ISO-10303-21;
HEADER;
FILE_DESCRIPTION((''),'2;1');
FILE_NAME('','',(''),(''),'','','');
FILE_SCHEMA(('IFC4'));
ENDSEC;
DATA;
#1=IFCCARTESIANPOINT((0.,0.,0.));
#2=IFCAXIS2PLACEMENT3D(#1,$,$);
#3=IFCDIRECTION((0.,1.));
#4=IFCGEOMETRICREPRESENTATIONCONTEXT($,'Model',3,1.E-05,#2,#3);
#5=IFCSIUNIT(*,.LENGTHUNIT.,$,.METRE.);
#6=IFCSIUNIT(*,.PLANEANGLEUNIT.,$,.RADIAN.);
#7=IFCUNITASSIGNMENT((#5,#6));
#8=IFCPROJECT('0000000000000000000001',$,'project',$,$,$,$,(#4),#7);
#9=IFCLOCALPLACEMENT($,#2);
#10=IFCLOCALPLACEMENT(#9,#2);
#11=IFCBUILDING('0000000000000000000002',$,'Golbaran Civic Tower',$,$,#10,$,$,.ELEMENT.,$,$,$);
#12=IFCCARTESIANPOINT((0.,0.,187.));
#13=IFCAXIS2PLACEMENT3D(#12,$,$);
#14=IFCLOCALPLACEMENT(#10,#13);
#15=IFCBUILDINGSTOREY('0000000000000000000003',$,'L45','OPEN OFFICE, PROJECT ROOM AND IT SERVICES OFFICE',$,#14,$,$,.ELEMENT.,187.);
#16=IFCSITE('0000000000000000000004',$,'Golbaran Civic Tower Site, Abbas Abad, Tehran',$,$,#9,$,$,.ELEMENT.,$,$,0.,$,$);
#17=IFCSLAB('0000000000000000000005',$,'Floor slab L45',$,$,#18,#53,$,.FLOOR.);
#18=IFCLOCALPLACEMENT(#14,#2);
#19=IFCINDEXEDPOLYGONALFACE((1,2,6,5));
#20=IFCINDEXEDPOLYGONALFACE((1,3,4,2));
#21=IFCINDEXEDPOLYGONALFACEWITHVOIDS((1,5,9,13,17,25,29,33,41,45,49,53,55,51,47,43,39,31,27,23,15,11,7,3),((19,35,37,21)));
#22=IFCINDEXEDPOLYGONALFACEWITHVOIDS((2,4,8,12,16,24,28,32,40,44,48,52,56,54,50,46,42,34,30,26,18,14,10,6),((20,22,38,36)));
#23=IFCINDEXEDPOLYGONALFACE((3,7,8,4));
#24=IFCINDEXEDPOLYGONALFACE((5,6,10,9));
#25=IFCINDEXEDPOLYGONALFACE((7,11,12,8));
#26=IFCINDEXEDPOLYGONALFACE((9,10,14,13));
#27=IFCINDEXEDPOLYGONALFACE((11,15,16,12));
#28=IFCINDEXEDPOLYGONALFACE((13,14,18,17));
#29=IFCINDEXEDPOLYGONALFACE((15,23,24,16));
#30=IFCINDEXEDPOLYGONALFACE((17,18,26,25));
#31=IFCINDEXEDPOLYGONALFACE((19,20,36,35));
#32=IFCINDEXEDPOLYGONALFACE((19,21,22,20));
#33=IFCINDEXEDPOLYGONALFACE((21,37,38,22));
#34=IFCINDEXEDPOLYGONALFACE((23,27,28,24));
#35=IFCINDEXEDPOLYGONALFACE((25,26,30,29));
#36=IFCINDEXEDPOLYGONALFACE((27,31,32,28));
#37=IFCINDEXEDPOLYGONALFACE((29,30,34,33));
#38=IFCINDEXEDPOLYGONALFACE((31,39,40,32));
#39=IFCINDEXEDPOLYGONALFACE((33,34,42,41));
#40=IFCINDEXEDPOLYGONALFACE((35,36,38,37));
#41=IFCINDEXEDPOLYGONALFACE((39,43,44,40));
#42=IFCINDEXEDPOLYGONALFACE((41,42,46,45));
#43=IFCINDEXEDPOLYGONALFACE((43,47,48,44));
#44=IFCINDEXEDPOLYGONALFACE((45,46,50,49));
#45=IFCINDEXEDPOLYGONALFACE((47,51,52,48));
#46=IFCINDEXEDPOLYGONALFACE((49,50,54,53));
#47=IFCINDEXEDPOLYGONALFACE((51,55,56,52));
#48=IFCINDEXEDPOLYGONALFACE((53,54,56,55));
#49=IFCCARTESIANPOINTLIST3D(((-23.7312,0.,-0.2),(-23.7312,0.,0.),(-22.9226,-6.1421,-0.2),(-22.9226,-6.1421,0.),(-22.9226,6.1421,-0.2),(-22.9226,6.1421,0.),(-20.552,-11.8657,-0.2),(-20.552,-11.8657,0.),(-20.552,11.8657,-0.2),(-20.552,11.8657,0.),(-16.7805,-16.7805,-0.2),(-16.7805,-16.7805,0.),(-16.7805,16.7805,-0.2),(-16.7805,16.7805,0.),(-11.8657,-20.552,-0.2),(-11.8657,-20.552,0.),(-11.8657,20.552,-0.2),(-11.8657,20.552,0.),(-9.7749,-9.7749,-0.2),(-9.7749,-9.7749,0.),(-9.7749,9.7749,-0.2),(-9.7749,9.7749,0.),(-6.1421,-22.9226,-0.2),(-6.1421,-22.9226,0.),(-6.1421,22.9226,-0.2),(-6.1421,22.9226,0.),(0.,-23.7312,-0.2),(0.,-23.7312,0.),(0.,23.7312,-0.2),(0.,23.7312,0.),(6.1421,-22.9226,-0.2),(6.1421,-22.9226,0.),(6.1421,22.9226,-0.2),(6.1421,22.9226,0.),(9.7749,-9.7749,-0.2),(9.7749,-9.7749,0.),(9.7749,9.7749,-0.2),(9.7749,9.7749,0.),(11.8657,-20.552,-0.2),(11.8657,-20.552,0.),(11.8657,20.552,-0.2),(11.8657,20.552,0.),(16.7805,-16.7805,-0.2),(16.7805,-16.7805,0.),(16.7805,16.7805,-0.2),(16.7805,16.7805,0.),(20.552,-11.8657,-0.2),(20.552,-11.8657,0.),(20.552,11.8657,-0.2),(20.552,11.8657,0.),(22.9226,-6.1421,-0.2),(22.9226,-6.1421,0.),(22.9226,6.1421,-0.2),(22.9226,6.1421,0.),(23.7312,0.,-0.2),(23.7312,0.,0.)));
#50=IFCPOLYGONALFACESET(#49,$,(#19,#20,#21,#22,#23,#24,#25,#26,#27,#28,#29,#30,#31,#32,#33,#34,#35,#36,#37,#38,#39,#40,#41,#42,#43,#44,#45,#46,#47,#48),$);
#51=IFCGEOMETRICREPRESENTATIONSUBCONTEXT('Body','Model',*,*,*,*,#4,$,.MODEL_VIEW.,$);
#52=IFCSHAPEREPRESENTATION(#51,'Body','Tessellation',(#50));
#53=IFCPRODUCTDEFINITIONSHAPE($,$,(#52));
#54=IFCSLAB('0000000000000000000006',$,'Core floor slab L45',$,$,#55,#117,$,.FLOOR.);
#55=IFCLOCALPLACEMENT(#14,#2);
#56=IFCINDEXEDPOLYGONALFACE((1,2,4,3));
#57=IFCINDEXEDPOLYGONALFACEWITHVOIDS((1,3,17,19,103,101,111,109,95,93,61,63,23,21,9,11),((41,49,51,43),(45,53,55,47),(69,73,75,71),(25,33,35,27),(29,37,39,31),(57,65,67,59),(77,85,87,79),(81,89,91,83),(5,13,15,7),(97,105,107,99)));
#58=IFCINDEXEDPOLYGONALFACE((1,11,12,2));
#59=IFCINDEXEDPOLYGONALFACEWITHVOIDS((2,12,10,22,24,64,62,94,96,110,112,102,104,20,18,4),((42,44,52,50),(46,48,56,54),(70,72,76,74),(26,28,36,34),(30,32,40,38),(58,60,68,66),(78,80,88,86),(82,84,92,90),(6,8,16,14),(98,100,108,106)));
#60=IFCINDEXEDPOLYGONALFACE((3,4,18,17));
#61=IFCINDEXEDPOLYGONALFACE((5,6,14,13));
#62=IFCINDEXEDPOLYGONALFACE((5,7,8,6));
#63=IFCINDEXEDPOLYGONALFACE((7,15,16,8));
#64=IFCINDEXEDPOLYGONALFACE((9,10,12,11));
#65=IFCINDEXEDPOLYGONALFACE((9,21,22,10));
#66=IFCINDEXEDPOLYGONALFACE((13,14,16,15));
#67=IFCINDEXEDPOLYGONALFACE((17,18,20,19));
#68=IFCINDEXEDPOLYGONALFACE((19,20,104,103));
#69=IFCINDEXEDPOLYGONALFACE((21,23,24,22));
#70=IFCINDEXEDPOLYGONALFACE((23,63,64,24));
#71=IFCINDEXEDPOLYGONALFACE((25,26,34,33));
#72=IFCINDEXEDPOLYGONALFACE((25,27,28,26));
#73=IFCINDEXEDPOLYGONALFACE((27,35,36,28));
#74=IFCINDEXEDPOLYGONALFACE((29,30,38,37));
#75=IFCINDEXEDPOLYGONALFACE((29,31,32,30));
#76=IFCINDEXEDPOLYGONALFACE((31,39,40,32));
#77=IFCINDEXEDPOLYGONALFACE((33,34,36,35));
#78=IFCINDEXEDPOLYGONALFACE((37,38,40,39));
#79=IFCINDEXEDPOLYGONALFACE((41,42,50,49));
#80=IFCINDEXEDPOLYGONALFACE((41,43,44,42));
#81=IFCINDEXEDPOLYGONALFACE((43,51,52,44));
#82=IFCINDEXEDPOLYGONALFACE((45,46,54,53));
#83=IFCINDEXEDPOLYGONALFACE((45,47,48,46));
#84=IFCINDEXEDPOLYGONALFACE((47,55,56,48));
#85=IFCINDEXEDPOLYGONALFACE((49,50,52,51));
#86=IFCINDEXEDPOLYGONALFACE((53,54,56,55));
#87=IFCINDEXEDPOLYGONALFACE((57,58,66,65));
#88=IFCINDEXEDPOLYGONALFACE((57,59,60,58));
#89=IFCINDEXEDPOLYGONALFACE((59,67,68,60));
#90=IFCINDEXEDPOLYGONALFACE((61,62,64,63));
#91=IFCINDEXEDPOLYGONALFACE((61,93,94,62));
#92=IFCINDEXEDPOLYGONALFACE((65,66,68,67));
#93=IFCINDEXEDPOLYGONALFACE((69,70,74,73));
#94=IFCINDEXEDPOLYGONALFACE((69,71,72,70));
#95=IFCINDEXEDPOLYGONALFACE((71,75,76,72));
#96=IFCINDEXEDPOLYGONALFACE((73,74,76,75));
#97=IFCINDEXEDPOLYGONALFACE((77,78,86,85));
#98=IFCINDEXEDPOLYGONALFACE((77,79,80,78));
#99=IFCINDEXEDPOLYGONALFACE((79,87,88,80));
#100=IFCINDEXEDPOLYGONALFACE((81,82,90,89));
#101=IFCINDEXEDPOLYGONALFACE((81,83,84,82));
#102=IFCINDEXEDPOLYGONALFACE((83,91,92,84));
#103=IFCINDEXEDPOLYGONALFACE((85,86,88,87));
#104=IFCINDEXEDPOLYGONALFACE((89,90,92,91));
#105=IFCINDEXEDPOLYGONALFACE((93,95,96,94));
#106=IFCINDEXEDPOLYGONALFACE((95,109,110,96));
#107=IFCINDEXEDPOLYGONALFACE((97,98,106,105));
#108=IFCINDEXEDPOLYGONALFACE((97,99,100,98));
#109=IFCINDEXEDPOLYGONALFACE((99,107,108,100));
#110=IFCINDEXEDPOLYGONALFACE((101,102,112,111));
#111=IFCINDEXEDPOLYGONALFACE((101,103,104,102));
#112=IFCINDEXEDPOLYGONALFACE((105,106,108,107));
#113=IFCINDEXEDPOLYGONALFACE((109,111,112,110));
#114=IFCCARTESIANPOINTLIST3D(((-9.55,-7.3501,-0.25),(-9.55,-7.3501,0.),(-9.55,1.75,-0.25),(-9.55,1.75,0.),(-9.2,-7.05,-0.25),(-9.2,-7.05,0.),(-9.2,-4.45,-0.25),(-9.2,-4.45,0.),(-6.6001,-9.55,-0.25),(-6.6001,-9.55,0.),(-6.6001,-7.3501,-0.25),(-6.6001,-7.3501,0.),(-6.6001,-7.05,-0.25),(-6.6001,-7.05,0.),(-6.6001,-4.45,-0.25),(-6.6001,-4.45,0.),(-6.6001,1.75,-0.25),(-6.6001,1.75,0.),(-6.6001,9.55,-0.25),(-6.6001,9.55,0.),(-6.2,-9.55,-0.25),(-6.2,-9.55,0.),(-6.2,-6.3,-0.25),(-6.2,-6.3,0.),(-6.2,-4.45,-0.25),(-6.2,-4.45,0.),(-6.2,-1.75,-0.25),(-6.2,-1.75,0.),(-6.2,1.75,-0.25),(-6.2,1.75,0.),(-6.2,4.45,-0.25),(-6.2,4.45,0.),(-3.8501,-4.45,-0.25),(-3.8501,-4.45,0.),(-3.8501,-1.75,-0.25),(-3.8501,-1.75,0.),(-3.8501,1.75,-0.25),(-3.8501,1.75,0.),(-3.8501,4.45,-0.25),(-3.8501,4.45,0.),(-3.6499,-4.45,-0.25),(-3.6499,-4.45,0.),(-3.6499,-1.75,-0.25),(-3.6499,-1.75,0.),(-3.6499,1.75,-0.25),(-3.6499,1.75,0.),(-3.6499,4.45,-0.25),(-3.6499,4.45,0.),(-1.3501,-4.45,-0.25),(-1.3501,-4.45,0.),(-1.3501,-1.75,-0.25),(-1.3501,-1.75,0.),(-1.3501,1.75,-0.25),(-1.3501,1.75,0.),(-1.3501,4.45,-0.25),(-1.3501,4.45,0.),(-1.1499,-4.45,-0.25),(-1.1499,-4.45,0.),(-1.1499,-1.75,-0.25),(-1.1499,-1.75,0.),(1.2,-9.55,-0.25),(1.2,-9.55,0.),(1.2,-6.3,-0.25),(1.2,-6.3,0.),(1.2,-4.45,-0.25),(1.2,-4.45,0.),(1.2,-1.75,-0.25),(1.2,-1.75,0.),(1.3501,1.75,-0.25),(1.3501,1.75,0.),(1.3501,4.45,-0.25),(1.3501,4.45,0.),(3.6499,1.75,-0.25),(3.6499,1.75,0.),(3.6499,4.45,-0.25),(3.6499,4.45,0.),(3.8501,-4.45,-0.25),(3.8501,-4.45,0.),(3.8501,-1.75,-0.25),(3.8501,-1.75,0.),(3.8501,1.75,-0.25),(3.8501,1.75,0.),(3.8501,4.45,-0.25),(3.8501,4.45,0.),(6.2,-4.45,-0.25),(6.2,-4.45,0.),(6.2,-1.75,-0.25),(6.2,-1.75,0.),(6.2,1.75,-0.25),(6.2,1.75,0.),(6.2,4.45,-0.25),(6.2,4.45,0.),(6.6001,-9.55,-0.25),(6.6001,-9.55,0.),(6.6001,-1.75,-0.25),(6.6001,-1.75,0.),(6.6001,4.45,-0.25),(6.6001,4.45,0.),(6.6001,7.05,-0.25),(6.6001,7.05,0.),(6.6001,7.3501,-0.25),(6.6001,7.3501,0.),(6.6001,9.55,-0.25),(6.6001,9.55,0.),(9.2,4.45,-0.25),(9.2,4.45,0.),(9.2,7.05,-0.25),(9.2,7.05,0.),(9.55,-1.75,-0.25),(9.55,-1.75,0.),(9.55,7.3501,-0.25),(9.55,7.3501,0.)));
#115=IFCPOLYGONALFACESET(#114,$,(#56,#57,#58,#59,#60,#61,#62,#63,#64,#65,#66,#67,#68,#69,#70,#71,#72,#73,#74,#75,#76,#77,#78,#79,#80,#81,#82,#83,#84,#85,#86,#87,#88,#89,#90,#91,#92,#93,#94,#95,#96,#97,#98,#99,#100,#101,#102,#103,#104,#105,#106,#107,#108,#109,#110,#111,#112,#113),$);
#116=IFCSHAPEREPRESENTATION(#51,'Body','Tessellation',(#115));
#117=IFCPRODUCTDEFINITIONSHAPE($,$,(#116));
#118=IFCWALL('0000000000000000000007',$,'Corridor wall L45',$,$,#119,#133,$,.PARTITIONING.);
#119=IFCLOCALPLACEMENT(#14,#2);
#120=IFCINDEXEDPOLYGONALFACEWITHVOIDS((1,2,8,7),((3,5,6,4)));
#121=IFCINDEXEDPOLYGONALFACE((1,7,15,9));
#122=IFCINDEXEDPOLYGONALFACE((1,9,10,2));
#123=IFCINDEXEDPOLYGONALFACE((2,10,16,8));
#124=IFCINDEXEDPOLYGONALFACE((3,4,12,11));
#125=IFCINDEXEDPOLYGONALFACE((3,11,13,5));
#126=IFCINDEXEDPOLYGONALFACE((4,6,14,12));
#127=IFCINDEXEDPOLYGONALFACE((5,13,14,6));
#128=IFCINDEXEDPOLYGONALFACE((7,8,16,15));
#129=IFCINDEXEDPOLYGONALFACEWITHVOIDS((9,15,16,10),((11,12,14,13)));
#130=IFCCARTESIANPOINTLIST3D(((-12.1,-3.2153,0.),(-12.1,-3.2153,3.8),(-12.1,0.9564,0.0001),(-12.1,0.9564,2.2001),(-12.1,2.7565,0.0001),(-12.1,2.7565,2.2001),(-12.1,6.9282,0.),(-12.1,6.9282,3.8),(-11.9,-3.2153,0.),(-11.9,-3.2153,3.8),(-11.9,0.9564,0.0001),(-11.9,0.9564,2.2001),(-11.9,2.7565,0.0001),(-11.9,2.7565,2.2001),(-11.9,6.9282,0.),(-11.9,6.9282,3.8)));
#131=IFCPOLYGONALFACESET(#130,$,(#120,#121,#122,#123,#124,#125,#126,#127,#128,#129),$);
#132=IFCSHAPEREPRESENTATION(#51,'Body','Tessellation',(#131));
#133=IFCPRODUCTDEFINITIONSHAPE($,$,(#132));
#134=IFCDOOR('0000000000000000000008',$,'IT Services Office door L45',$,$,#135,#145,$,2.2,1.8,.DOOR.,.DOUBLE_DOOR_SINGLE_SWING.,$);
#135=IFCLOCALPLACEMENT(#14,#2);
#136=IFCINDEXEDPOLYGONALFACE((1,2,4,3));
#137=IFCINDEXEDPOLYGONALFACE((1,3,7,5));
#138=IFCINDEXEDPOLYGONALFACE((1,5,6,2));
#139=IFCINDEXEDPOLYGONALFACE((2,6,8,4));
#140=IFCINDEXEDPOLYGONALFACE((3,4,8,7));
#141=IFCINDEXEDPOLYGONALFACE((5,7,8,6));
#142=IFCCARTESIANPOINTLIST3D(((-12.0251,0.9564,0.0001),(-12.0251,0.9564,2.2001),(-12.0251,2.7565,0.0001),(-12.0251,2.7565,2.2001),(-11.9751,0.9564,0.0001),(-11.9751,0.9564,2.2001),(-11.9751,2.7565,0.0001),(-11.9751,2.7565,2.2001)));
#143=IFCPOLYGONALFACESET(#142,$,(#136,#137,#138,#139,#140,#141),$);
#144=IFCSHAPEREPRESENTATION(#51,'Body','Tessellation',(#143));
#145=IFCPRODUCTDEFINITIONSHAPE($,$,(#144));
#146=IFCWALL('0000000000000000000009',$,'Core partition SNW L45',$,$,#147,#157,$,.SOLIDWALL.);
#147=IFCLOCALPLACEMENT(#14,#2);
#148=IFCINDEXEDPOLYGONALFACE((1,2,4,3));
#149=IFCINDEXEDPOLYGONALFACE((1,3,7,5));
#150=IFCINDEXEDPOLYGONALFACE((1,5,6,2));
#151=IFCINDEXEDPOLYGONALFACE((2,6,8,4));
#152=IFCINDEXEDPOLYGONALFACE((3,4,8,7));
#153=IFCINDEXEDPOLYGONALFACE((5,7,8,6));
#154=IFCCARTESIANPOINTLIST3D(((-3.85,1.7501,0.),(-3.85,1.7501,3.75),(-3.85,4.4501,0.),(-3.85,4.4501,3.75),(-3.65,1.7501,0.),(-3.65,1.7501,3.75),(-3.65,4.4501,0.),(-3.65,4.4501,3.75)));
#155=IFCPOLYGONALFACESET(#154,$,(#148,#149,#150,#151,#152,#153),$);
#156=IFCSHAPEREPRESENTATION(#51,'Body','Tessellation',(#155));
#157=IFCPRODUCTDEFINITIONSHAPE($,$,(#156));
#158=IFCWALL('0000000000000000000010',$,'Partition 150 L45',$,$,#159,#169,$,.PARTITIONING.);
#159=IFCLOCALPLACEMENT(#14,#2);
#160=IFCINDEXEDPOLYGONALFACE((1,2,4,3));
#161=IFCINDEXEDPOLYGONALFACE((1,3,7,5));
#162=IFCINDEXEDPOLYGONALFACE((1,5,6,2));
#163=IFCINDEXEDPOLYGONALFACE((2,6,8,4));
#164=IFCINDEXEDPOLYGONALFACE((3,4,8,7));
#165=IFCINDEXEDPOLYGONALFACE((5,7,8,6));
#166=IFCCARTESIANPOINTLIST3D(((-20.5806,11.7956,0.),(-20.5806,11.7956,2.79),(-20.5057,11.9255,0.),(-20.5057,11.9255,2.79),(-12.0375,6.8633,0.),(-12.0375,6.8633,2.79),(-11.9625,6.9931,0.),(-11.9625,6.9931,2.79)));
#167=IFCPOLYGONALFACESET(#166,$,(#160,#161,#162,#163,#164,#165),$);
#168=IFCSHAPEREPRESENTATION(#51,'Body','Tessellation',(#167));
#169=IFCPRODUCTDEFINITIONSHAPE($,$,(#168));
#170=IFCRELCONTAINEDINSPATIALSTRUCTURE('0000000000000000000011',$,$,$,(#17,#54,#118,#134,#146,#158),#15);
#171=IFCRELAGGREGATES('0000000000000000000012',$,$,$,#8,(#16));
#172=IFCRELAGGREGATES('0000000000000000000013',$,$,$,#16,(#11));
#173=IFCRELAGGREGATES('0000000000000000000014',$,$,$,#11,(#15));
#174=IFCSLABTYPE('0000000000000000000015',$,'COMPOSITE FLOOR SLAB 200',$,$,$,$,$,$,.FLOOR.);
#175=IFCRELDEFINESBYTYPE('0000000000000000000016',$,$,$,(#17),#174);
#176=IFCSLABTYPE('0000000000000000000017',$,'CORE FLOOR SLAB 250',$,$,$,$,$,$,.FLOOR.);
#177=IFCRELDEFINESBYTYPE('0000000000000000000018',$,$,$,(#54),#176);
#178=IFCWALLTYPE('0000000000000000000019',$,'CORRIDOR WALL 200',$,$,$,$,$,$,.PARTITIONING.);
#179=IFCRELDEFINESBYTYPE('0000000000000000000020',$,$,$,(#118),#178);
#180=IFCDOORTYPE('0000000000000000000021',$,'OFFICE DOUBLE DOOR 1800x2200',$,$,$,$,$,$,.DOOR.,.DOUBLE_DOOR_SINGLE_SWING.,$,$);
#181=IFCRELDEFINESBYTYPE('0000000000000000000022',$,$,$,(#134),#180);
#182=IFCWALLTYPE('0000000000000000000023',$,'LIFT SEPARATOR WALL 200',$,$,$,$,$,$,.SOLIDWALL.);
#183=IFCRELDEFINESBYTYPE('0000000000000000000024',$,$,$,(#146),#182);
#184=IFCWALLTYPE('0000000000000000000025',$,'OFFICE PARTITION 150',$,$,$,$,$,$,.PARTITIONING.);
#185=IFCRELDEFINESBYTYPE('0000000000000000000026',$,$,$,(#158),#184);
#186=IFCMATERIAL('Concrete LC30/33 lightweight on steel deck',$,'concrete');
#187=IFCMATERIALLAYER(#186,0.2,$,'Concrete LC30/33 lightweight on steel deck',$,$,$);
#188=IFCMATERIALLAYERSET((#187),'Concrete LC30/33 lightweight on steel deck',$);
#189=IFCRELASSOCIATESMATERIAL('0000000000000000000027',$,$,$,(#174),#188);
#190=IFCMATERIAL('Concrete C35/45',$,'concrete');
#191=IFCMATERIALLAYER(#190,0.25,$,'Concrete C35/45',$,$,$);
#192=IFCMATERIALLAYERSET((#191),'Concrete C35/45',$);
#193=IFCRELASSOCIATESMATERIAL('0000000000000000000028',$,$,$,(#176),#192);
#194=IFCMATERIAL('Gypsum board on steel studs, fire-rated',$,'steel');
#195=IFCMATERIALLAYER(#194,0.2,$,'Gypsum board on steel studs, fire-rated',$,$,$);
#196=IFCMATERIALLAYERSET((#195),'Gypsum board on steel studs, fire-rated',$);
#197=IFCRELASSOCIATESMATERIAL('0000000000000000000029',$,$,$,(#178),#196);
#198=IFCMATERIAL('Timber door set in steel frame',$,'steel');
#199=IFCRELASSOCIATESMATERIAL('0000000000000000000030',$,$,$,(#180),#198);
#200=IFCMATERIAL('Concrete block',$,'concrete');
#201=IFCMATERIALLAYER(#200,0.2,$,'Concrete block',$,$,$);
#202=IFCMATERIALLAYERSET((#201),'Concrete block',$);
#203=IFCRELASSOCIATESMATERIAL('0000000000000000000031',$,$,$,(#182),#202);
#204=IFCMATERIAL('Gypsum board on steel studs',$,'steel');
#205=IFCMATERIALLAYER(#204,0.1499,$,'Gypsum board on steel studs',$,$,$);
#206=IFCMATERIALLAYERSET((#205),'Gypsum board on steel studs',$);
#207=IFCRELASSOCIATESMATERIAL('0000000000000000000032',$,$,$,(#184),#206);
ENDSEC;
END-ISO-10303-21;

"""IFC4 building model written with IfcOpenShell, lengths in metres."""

from ifc_helpers import new_model, si_unit, direction, frame, frame_2d, origin, place, context, subcontext, project, spatial, polyline, rectangle, outline, extrude, material, layer, layer_set, type_object, element, fill, save


model = new_model("IFC4")

# Units and contexts
model_context = context("Model", 3, precision=1e-05, world=origin(), true_north=direction((0.0, 1.0)))
body_context = subcontext(model_context, "Body", "Model", "MODEL_VIEW")
ifc_project = project(units=[si_unit("LENGTHUNIT", "METRE"), si_unit("PLANEANGLEUNIT", "RADIAN")], contexts=[model_context])

# Site, building, storey
site_placement = place(None, origin())
site = spatial("IfcSite", under=ifc_project, at=site_placement, Name="Golbaran Civic Tower Site, Abbas Abad, Tehran", CompositionType="ELEMENT", RefElevation=0.0)
building_placement = place(site_placement, origin())
building = spatial("IfcBuilding", under=site, at=building_placement, Name="Golbaran Civic Tower", CompositionType="ELEMENT")
storey_placement = place(building_placement, frame((0.0, 0.0, 187.0)))
storey = spatial("IfcBuildingStorey", under=building, at=storey_placement, Name="L45", Description="OPEN OFFICE, PROJECT ROOM AND IT SERVICES OFFICE", CompositionType="ELEMENT", Elevation=187.0)

# Slabs
ifc_material_1 = material(Name="Concrete LC30/33 lightweight on steel deck", Category="concrete")
ifc_layer_1 = layer(ifc_material_1, 0.2, Name="Concrete LC30/33 lightweight on steel deck")
ifc_layer_set_1 = layer_set([ifc_layer_1], Name="Concrete LC30/33 lightweight on steel deck")
slab_type_1 = type_object("IfcSlabType", Name="COMPOSITE FLOOR SLAB 200", PredefinedType="FLOOR", material=ifc_layer_set_1)
slab_1_placement = place(storey_placement, frame((0.0, 0.0, -0.2)))
element("IfcSlab", 1, at=slab_1_placement, inside=storey, type_object=slab_type_1, Name="Floor slab L45", PredefinedType="FLOOR", context=body_context, shape_type="SweptSolid", body=[
    extrude(outline(polyline([(20.552, -11.8657), (16.7805, -16.7805), (11.8657, -20.552), (6.1421, -22.9226), (0.0, -23.7312), (-6.1421, -22.9226), (-11.8657, -20.552), (-16.7805, -16.7805), (-20.552, -11.8657), (-22.9226, -6.1421), (-23.7312, 0.0), (-22.9226, 6.1421), (-20.552, 11.8657), (-16.7805, 16.7805), (-11.8657, 20.552), (-6.1421, 22.9226), (0.0, 23.7312), (6.1421, 22.9226), (11.8657, 20.552), (16.7805, 16.7805), (20.552, 11.8657), (22.9226, 6.1421), (23.7312, 0.0), (22.9226, -6.1421), (20.552, -11.8657)]), holes=[polyline([(-9.7749, 9.7749), (-9.7749, -9.7749), (9.7749, -9.7749), (9.7749, 9.7749), (-9.7749, 9.7749)])]), origin(), (0.0, 0.0, 1.0), 0.2),
])
ifc_material_2 = material(Name="Concrete C35/45", Category="concrete")
ifc_layer_2 = layer(ifc_material_2, 0.25, Name="Concrete C35/45")
ifc_layer_set_2 = layer_set([ifc_layer_2], Name="Concrete C35/45")
slab_type_2 = type_object("IfcSlabType", Name="CORE FLOOR SLAB 250", PredefinedType="FLOOR", material=ifc_layer_set_2)
slab_2_placement = place(storey_placement, frame((0.0, 0.0, -0.25)))
element("IfcSlab", 2, at=slab_2_placement, inside=storey, type_object=slab_type_2, Name="Core floor slab L45", PredefinedType="FLOOR", context=body_context, shape_type="SweptSolid", body=[
    extrude(outline(polyline([(6.6001, -1.75), (6.6001, -9.55), (1.2, -9.55), (1.2, -6.3), (-6.2, -6.3), (-6.2, -9.55), (-6.6001, -9.55), (-6.6001, -7.3501), (-9.55, -7.3501), (-9.55, 1.75), (-6.6001, 1.75), (-6.6001, 9.55), (6.6001, 9.55), (6.6001, 7.3501), (9.55, 7.3501), (9.55, -1.75), (6.6001, -1.75)]), holes=[polyline([(9.2, 7.05), (6.6001, 7.05), (6.6001, 4.45), (9.2, 4.45), (9.2, 7.05)]), polyline([(6.2, -1.75), (3.8501, -1.75), (3.8501, -4.45), (6.2, -4.45), (6.2, -1.75)]), polyline([(6.2, 4.45), (3.8501, 4.45), (3.8501, 1.75), (6.2, 1.75), (6.2, 4.45)]), polyline([(3.6499, 4.45), (1.3501, 4.45), (1.3501, 1.75), (3.6499, 1.75), (3.6499, 4.45)]), polyline([(1.2, -1.75), (-1.1499, -1.75), (-1.1499, -4.45), (1.2, -4.45), (1.2, -1.75)]), polyline([(-1.3501, 4.45), (-3.6499, 4.45), (-3.6499, 1.75), (-1.3501, 1.75), (-1.3501, 4.45)]), polyline([(-1.3501, -1.75), (-3.6499, -1.75), (-3.6499, -4.45), (-1.3501, -4.45), (-1.3501, -1.75)]), polyline([(-3.8501, -1.75), (-6.2, -1.75), (-6.2, -4.45), (-3.8501, -4.45), (-3.8501, -1.75)]), polyline([(-3.8501, 4.45), (-6.2, 4.45), (-6.2, 1.75), (-3.8501, 1.75), (-3.8501, 4.45)]), polyline([(-6.6001, -4.45), (-9.2, -4.45), (-9.2, -7.05), (-6.6001, -7.05), (-6.6001, -4.45)])]), origin(), (0.0, 0.0, 1.0), 0.25),
])

# Wall, opening, door
ifc_material_3 = material(Name="Gypsum board on steel studs, fire-rated", Category="steel")
ifc_layer_3 = layer(ifc_material_3, 0.2, Name="Gypsum board on steel studs, fire-rated")
ifc_layer_set_3 = layer_set([ifc_layer_3], Name="Gypsum board on steel studs, fire-rated")
wall_type_1 = type_object("IfcWallType", Name="CORRIDOR WALL 200", PredefinedType="PARTITIONING", material=ifc_layer_set_3)
wall_1_placement = place(storey_placement, frame((-12.0, 6.9282, 0.0), z_axis=(0.0, 0.0, 1.0), x_axis=(0.0, -1.0, 0.0)))
wall_1 = element("IfcWall", 3, at=wall_1_placement, inside=storey, type_object=wall_type_1, Name="Corridor wall L45", PredefinedType="PARTITIONING", context=body_context, shape_type="SweptSolid", body=[
    extrude(rectangle(XDim=10.1436, YDim=0.2, at=frame_2d((5.0718, 0.0))), origin(), (0.0, 0.0, 1.0), 3.8),
])
opening_1_placement = place(wall_1_placement, frame((4.1719, 0.0, 0.0)))
opening_1 = element("IfcOpeningElement", 4, at=opening_1_placement, cuts=wall_1, PredefinedType="OPENING", context=body_context, shape_type="SweptSolid", body=[
    extrude(rectangle(XDim=1.8, YDim=2.2, at=frame_2d((0.8999, 1.1001))), frame((0.0, 0.1099, 0.0), z_axis=(0.0, -1.0, 0.0), x_axis=(1.0, 0.0, 0.0)), (0.0, 0.0, 1.0), 0.22),
])
ifc_material_4 = material(Name="Timber door set in steel frame", Category="steel")
door_type_1 = type_object("IfcDoorType", Name="OFFICE DOUBLE DOOR 1800x2200", OperationType="DOUBLE_DOOR_SINGLE_SWING", PredefinedType="DOOR", material=ifc_material_4)
door_1_placement = place(opening_1_placement, origin())
door_1 = element("IfcDoor", 5, at=door_1_placement, inside=storey, type_object=door_type_1, Name="IT Services Office door L45", OperationType="DOUBLE_DOOR_SINGLE_SWING", OverallHeight=2.2, OverallWidth=1.8, PredefinedType="DOOR", context=body_context, shape_type="SweptSolid", body=[
    extrude(rectangle(XDim=1.8, YDim=2.2, at=frame_2d((0.8999, 1.1001))), frame((0.0, 0.0249, 0.0), z_axis=(0.0, -1.0, 0.0), x_axis=(1.0, 0.0, 0.0)), (0.0, 0.0, 1.0), 0.05),
])
fill(opening_1, door_1)

# Walls
ifc_material_5 = material(Name="Concrete block", Category="concrete")
ifc_layer_4 = layer(ifc_material_5, 0.2, Name="Concrete block")
ifc_layer_set_4 = layer_set([ifc_layer_4], Name="Concrete block")
wall_type_2 = type_object("IfcWallType", Name="LIFT SEPARATOR WALL 200", PredefinedType="SOLIDWALL", material=ifc_layer_set_4)
wall_2_placement = place(storey_placement, frame((-3.75, 1.75, 0.0), z_axis=(0.0, 0.0, 1.0), x_axis=(0.0, 1.0, 0.0)))
element("IfcWall", 6, at=wall_2_placement, inside=storey, type_object=wall_type_2, Name="Core partition SNW L45", PredefinedType="SOLIDWALL", context=body_context, shape_type="SweptSolid", body=[
    extrude(rectangle(XDim=2.7, YDim=0.2, at=frame_2d((1.3501, 0.0))), origin(), (0.0, 0.0, 1.0), 3.75),
])
ifc_material_6 = material(Name="Gypsum board on steel studs", Category="steel")
ifc_layer_5 = layer(ifc_material_6, 0.1499, Name="Gypsum board on steel studs")
ifc_layer_set_5 = layer_set([ifc_layer_5], Name="Gypsum board on steel studs")
wall_type_3 = type_object("IfcWallType", Name="OFFICE PARTITION 150", PredefinedType="PARTITIONING", material=ifc_layer_set_5)
wall_3_placement = place(storey_placement, frame((-12.0, 6.9282, 0.0), z_axis=(0.0, 0.0, 1.0), x_axis=(-0.866028, 0.499996, 0.0)))
element("IfcWall", 7, at=wall_3_placement, inside=storey, type_object=wall_type_3, Name="Partition 150 L45", PredefinedType="PARTITIONING", context=body_context, shape_type="SweptSolid", body=[
    extrude(rectangle(XDim=9.8647, YDim=0.1499, at=frame_2d((4.9324, 0.0))), origin(), (0.0, 0.0, 1.0), 2.79),
])

save(model, "model.ifc")
